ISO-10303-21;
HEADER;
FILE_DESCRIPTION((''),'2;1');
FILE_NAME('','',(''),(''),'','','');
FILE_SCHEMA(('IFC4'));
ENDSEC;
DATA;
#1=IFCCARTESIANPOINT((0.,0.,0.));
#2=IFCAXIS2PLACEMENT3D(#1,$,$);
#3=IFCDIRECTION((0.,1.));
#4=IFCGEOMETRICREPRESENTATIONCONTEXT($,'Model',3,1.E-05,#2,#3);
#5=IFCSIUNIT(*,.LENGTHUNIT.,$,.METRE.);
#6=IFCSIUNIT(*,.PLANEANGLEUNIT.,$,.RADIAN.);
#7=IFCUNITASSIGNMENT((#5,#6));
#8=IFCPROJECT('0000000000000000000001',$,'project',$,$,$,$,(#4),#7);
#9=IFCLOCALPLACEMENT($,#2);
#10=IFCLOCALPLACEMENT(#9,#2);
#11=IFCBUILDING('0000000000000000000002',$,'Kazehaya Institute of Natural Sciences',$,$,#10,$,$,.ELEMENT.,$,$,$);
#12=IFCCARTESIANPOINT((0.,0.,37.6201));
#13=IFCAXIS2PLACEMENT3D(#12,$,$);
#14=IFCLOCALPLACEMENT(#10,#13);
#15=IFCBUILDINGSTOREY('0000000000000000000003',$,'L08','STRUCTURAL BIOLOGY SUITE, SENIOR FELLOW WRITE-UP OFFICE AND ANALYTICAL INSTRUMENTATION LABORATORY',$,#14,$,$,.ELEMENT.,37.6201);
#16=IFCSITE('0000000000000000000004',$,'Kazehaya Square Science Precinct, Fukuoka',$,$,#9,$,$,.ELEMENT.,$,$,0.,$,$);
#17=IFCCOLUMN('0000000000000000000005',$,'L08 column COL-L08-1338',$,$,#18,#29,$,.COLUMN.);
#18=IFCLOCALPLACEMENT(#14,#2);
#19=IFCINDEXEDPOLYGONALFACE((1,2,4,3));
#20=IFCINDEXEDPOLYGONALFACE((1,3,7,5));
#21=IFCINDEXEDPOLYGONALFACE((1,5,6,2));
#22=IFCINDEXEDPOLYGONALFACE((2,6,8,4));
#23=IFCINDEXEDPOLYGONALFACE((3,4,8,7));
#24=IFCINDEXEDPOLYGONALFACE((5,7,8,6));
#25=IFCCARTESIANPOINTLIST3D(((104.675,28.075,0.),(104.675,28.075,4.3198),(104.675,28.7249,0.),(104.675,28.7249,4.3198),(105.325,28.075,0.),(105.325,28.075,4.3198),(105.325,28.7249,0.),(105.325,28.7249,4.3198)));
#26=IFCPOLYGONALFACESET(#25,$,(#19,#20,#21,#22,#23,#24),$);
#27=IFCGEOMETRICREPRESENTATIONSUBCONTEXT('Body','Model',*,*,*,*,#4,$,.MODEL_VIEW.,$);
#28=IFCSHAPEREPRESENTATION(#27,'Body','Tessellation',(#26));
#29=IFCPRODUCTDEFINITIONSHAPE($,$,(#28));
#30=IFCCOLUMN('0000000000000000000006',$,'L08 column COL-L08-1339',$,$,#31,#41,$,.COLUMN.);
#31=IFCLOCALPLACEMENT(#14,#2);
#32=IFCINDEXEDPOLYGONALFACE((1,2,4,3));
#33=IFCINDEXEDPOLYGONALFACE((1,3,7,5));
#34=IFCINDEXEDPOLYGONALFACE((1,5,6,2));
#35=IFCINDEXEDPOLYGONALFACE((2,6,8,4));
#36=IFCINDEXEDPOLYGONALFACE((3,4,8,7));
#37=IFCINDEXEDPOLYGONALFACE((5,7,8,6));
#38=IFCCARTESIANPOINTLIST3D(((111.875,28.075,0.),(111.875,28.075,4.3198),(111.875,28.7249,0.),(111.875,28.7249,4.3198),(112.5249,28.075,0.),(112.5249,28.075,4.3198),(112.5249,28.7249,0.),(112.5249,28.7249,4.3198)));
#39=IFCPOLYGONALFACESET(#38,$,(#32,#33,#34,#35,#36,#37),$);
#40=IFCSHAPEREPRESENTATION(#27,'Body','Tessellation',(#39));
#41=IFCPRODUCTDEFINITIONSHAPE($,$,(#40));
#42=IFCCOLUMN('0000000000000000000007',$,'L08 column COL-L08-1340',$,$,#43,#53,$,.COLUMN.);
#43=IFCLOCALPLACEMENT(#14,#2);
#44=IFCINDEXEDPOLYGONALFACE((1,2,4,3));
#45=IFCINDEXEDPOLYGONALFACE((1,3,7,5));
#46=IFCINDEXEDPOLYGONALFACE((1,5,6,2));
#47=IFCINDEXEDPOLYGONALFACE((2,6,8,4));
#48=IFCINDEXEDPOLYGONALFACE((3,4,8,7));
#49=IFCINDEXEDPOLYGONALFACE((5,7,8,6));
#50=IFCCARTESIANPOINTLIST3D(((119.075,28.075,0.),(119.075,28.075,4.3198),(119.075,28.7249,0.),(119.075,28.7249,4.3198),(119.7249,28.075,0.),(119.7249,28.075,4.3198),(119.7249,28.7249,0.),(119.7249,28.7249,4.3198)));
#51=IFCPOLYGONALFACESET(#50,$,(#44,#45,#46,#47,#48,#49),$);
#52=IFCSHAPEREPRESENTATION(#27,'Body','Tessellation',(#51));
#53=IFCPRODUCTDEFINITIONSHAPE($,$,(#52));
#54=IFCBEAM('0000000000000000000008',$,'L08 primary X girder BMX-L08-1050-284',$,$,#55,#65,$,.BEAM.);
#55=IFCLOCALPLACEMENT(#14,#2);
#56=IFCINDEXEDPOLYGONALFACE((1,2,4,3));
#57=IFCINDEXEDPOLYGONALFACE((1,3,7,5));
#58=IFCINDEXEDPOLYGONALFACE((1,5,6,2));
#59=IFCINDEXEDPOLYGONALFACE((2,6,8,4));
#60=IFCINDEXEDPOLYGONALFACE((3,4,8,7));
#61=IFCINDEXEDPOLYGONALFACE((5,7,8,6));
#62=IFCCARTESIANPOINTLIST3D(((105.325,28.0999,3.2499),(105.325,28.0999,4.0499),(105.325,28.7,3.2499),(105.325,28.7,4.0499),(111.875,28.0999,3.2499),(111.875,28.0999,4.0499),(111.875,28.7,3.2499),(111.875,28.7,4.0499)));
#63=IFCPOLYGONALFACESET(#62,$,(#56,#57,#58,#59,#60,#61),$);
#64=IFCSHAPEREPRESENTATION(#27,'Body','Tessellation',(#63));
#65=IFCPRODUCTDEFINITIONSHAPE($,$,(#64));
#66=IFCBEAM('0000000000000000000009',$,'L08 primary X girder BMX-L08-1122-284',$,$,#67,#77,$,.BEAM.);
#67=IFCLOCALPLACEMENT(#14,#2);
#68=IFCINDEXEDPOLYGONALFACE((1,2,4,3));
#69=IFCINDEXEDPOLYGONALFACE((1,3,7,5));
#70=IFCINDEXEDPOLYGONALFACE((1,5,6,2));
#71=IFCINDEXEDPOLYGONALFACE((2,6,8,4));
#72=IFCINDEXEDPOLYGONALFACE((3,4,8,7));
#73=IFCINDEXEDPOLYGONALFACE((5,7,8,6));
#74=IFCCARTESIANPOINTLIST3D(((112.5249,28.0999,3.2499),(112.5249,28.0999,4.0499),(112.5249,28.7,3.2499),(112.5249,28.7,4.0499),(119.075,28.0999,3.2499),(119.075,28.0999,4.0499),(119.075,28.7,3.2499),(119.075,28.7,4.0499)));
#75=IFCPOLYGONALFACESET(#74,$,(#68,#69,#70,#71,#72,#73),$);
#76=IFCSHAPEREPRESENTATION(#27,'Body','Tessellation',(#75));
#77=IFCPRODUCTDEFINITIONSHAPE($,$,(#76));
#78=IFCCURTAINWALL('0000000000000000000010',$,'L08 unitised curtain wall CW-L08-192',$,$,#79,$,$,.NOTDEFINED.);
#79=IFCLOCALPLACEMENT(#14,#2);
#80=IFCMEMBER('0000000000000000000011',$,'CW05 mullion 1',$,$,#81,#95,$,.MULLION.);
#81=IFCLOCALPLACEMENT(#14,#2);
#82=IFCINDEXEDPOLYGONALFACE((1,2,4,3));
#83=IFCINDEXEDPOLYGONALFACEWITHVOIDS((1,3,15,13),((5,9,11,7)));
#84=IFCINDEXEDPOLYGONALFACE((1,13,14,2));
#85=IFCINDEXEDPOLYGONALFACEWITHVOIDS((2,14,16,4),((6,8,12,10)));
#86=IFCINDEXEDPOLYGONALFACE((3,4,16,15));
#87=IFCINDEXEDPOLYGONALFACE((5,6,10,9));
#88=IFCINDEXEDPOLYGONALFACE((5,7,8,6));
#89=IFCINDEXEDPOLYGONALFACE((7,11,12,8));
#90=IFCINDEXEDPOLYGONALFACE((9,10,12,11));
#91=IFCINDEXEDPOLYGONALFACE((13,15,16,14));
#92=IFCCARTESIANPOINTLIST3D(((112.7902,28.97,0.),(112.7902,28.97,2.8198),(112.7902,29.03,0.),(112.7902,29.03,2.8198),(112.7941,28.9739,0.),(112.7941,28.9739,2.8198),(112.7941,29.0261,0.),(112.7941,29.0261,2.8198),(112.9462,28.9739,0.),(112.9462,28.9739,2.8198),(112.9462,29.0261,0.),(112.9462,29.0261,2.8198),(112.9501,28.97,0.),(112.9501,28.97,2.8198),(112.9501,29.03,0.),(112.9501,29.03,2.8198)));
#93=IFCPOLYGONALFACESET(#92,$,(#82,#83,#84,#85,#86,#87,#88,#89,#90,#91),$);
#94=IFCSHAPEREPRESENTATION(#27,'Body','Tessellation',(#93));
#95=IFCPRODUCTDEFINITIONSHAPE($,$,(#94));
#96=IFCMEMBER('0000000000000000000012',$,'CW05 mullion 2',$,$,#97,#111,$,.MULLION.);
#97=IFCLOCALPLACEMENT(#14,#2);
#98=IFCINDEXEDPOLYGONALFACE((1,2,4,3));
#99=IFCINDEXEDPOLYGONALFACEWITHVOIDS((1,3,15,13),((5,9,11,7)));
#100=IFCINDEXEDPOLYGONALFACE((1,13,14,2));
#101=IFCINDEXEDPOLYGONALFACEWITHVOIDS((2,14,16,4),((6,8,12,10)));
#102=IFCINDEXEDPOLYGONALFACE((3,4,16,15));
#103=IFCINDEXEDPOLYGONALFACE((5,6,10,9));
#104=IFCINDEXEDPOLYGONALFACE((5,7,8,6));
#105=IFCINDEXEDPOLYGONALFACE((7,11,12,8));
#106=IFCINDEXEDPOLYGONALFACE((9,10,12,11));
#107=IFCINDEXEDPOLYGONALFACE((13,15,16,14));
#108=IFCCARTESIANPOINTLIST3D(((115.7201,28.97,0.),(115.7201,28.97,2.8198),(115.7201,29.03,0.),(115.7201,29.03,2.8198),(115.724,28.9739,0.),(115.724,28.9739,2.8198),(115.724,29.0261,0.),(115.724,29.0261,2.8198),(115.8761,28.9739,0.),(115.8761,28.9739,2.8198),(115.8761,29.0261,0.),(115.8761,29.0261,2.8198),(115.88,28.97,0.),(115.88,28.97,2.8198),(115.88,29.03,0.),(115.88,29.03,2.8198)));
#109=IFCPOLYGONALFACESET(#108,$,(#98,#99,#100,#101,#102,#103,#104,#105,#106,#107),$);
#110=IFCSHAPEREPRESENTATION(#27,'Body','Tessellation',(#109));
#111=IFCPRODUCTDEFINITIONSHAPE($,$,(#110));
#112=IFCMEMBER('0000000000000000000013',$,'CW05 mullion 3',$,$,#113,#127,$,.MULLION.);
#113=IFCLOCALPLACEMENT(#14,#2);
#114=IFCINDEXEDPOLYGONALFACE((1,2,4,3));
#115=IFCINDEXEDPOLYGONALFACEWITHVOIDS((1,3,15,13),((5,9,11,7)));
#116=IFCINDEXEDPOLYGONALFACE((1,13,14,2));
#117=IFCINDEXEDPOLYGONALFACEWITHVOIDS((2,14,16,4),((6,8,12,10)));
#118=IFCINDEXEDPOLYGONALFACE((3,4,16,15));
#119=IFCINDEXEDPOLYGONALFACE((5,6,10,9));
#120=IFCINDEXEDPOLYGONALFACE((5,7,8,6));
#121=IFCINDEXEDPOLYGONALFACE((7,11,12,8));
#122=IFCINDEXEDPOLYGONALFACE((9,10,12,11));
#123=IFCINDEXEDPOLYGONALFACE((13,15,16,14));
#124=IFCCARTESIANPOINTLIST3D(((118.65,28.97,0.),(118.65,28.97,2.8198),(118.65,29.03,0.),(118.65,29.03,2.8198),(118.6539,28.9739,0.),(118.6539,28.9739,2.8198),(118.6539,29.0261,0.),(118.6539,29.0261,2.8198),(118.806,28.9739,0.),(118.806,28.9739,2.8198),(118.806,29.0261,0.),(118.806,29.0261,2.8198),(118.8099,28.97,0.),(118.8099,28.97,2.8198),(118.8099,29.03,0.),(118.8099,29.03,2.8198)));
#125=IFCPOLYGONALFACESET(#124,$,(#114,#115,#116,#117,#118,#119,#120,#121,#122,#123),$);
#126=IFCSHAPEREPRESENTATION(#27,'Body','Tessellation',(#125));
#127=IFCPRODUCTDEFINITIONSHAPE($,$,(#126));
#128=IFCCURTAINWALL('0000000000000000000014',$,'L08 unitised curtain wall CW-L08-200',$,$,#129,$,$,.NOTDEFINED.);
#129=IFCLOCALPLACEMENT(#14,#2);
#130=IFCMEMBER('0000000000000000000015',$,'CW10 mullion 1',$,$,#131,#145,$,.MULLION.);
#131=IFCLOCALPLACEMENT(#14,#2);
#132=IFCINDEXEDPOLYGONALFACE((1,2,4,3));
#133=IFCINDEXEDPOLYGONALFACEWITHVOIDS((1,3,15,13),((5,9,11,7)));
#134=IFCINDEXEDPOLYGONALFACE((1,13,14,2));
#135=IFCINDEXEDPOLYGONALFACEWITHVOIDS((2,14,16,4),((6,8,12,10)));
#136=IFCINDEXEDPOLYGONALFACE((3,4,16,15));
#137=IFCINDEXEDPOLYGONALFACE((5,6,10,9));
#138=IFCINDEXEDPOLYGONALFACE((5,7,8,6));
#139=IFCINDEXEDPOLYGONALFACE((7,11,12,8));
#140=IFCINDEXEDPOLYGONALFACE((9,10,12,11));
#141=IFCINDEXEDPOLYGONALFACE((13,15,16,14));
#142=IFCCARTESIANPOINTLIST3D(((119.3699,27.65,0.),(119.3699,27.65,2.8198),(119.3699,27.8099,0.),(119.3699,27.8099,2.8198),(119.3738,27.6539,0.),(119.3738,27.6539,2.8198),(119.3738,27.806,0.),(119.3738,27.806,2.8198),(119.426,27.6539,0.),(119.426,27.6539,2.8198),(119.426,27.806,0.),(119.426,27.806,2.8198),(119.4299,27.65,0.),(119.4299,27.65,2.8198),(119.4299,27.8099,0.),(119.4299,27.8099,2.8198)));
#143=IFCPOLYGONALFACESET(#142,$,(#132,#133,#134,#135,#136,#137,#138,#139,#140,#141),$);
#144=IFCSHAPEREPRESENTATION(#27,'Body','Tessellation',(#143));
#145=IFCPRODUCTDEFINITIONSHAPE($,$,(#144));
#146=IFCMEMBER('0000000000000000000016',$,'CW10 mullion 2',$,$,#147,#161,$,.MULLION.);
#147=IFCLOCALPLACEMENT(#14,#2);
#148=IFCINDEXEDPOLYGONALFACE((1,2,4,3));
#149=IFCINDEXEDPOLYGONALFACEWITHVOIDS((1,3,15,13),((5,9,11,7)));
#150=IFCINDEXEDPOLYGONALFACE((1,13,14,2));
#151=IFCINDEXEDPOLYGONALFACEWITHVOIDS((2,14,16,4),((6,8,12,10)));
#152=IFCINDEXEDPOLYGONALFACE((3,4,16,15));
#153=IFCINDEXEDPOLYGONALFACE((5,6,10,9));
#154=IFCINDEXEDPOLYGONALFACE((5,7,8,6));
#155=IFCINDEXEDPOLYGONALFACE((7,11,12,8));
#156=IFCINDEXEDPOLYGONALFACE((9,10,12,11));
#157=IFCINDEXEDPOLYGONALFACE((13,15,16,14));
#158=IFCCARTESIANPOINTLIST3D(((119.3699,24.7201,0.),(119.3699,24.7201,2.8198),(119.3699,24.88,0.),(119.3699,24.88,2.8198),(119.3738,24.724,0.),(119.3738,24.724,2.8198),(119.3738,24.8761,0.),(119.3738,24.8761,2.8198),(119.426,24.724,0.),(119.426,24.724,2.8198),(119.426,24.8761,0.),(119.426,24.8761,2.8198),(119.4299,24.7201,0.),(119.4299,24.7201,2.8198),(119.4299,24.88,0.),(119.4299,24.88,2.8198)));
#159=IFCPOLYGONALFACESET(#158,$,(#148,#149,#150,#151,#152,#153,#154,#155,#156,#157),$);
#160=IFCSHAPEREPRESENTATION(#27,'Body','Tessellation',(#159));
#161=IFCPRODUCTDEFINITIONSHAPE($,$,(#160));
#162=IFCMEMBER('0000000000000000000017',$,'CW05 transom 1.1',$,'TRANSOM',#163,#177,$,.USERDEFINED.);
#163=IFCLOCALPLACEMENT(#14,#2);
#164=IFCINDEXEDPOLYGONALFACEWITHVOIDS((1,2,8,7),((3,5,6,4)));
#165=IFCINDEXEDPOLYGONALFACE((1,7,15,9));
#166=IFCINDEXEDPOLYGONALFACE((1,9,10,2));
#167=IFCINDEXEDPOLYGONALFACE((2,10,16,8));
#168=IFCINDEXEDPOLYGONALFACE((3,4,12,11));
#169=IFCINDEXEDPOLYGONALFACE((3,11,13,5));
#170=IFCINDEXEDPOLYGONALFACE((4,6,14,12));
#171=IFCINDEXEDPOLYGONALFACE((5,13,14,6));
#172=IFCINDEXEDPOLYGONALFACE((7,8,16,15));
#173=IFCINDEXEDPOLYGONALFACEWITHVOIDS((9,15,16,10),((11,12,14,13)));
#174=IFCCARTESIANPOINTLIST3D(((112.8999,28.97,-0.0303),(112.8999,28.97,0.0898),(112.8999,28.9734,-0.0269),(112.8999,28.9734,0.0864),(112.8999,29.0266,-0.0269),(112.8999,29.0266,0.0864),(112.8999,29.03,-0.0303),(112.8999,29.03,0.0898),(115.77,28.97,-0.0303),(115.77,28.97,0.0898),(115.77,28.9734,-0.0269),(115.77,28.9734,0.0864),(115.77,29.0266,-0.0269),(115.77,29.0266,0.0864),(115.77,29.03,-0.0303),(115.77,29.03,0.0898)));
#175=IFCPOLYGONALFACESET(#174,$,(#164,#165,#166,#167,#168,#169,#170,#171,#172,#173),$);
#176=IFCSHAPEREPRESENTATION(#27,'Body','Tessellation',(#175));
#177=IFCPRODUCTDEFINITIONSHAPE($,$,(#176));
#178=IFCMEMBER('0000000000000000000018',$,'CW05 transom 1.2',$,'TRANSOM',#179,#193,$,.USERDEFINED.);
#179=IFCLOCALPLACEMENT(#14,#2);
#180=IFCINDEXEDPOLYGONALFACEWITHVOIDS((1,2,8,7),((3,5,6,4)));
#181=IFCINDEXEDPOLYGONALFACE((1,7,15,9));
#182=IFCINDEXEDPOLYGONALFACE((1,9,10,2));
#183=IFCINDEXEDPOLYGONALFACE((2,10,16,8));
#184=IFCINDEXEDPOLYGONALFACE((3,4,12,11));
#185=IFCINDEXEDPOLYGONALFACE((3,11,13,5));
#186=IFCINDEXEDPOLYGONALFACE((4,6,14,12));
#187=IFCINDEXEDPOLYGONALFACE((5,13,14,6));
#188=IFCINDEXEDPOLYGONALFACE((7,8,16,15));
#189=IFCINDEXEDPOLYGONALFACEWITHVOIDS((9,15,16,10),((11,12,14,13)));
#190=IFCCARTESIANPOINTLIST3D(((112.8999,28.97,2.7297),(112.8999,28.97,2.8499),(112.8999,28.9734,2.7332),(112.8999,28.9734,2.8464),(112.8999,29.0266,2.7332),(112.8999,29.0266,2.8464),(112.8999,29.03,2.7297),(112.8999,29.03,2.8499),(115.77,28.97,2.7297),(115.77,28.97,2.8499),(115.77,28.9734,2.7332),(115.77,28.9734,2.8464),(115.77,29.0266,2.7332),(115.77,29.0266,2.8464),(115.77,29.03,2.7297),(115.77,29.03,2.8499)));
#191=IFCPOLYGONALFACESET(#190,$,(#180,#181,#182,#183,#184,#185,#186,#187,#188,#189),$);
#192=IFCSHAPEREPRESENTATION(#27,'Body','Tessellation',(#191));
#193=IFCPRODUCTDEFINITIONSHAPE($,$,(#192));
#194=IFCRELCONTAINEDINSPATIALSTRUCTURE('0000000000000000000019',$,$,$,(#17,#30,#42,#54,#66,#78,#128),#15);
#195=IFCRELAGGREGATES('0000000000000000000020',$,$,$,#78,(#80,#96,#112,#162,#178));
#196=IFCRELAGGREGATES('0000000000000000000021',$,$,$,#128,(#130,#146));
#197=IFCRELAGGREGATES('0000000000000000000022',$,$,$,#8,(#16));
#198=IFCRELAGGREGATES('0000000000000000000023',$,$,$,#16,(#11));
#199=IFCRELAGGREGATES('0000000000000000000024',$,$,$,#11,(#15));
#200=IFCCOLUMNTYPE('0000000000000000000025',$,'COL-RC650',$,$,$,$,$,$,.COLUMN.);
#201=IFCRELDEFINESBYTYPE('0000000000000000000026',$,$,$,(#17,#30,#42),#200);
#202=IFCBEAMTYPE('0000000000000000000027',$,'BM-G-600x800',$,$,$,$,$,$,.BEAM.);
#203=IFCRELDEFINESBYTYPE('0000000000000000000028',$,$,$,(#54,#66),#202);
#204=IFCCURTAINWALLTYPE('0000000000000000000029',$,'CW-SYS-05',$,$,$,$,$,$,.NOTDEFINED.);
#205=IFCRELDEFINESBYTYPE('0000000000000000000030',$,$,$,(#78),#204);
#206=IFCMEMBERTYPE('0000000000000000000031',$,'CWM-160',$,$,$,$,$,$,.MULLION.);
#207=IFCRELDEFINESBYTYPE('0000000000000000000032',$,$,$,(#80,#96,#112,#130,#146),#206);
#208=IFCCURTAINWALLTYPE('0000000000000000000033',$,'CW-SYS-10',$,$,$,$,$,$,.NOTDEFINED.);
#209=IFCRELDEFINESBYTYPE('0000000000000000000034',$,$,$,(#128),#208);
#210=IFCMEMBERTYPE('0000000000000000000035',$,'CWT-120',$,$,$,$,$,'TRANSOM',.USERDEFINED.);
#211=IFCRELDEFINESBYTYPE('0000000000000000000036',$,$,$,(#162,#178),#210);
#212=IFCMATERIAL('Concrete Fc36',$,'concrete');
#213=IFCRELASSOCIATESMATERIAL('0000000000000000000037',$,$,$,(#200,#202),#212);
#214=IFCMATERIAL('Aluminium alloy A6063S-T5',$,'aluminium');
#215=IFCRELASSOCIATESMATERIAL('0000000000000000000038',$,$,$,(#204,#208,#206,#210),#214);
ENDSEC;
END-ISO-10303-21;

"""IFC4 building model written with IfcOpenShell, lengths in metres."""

from ifc_helpers import new_model, si_unit, direction, frame, origin, origin_2d, place, context, subcontext, project, spatial, rectangle, hollow_rectangle, extrude, material, material_profile, profile_set, type_object, element, aggregate, save


model = new_model("IFC4")

# Units and contexts
model_context = context("Model", 3, precision=1e-05, world=origin(), true_north=direction((0.0, 1.0)))
body_context = subcontext(model_context, "Body", "Model", "MODEL_VIEW")
ifc_project = project(units=[si_unit("LENGTHUNIT", "METRE"), si_unit("PLANEANGLEUNIT", "RADIAN")], contexts=[model_context])

# Site, building, storey
site_placement = place(None, origin())
site = spatial("IfcSite", under=ifc_project, at=site_placement, Name="Kazehaya Square Science Precinct, Fukuoka", CompositionType="ELEMENT", RefElevation=0.0)
building_placement = place(site_placement, origin())
building = spatial("IfcBuilding", under=site, at=building_placement, Name="Kazehaya Institute of Natural Sciences", CompositionType="ELEMENT")
storey_placement = place(building_placement, frame((0.0, 0.0, 37.6201)))
storey = spatial("IfcBuildingStorey", under=building, at=storey_placement, Name="L08", Description="STRUCTURAL BIOLOGY SUITE, SENIOR FELLOW WRITE-UP OFFICE AND ANALYTICAL INSTRUMENTATION LABORATORY", CompositionType="ELEMENT", Elevation=37.6201)

# Columns
ifc_material_1 = material(Name="Concrete Fc36", Category="concrete")
ifc_material_profile_1 = material_profile(ifc_material_1, rectangle(XDim=0.6499, YDim=0.6499, at=origin_2d()), Name="RC-650x650")
ifc_profile_set_1 = profile_set([ifc_material_profile_1], Name="Concrete Fc36")
column_type = type_object("IfcColumnType", Name="COL-RC650", PredefinedType="COLUMN", material=ifc_profile_set_1)
for number, where, z_axis, x_axis, name in (
    (1, (105.0, 28.3999, 0.0), (0.0, 0.0, 1.0), (1.0, 0.0, 0.0), "L08 column COL-L08-1338"),
    (2, (112.2, 28.3999, 0.0), (0.0, 0.0, 1.0), (1.0, 0.0, 0.0), "L08 column COL-L08-1339"),
    (3, (119.3999, 28.3999, 0.0), (0.0, 0.0, 1.0), (1.0, 0.0, 0.0), "L08 column COL-L08-1340"),
):
    element("IfcColumn", number, at=place(storey_placement, frame(where, z_axis=z_axis, x_axis=x_axis)), inside=storey, type_object=column_type, Name=name, PredefinedType="COLUMN", context=body_context, shape_type="SweptSolid", body=[
        extrude(rectangle(XDim=0.6499, YDim=0.6499, at=origin_2d()), origin(), (0.0, 0.0, 1.0), 4.3198),
    ])

# Beams
ifc_material_profile_2 = material_profile(ifc_material_1, rectangle(XDim=0.6001, YDim=0.8, at=origin_2d()), Name="RC-600x800")
ifc_profile_set_2 = profile_set([ifc_material_profile_2], Name="Concrete Fc36")
beam_type = type_object("IfcBeamType", Name="BM-G-600x800", PredefinedType="BEAM", material=ifc_profile_set_2)
for number, where, z_axis, x_axis, name in (
    (4, (105.325, 28.3999, 3.6499), (1.0, 0.0, 0.0), (0.0, 1.0, 0.0), "L08 primary X girder BMX-L08-1050-284"),
    (5, (112.5249, 28.3999, 3.6499), (1.0, 0.0, 0.0), (0.0, 1.0, 0.0), "L08 primary X girder BMX-L08-1122-284"),
):
    element("IfcBeam", number, at=place(storey_placement, frame(where, z_axis=z_axis, x_axis=x_axis)), inside=storey, type_object=beam_type, Name=name, PredefinedType="BEAM", context=body_context, shape_type="SweptSolid", body=[
        extrude(rectangle(XDim=0.6001, YDim=0.8, at=origin_2d()), origin(), (0.0, 0.0, 1.0), 6.55),
    ])

# Curtain walls, members
ifc_material_2 = material(Name="Aluminium alloy A6063S-T5", Category="aluminium")
curtain_wall_type_1 = type_object("IfcCurtainWallType", Name="CW-SYS-05", PredefinedType="NOTDEFINED", material=ifc_material_2)
curtain_wall_1_placement = place(storey_placement, origin())
curtain_wall_1 = element("IfcCurtainWall", 6, at=curtain_wall_1_placement, inside=storey, type_object=curtain_wall_type_1, Name="L08 unitised curtain wall CW-L08-192", PredefinedType="NOTDEFINED")
ifc_material_profile_3 = material_profile(ifc_material_2, hollow_rectangle(XDim=0.0601, YDim=0.1599, WallThickness=0.0039, at=origin_2d()), Name="ALU-60x160x4")
ifc_profile_set_3 = profile_set([ifc_material_profile_3], Name="Aluminium alloy A6063S-T5")
member_type_1 = type_object("IfcMemberType", Name="CWM-160", PredefinedType="MULLION", material=ifc_profile_set_3)
member_1_placement = place(storey_placement, frame((112.8701, 29.0, 0.0), z_axis=(0.0, 0.0, 1.0), x_axis=(0.0, 1.0, 0.0)))
member_1 = element("IfcMember", 7, at=member_1_placement, type_object=member_type_1, Name="CW05 mullion 1", PredefinedType="MULLION", context=body_context, shape_type="SweptSolid", body=[
    extrude(hollow_rectangle(XDim=0.0601, YDim=0.1599, WallThickness=0.0039, at=origin_2d()), origin(), (0.0, 0.0, 1.0), 2.8198),
])
member_2_placement = place(storey_placement, frame((115.8, 29.0, 0.0), z_axis=(0.0, 0.0, 1.0), x_axis=(0.0, 1.0, 0.0)))
member_2 = element("IfcMember", 8, at=member_2_placement, type_object=member_type_1, Name="CW05 mullion 2", PredefinedType="MULLION", context=body_context, shape_type="SweptSolid", body=[
    extrude(hollow_rectangle(XDim=0.0601, YDim=0.1599, WallThickness=0.0039, at=origin_2d()), origin(), (0.0, 0.0, 1.0), 2.8198),
])
member_3_placement = place(storey_placement, frame((118.73, 29.0, 0.0), z_axis=(0.0, 0.0, 1.0), x_axis=(0.0, 1.0, 0.0)))
member_3 = element("IfcMember", 9, at=member_3_placement, type_object=member_type_1, Name="CW05 mullion 3", PredefinedType="MULLION", context=body_context, shape_type="SweptSolid", body=[
    extrude(hollow_rectangle(XDim=0.0601, YDim=0.1599, WallThickness=0.0039, at=origin_2d()), origin(), (0.0, 0.0, 1.0), 2.8198),
])
curtain_wall_type_2 = type_object("IfcCurtainWallType", Name="CW-SYS-10", PredefinedType="NOTDEFINED", material=ifc_material_2)
curtain_wall_2_placement = place(storey_placement, origin())
curtain_wall_2 = element("IfcCurtainWall", 10, at=curtain_wall_2_placement, inside=storey, type_object=curtain_wall_type_2, Name="L08 unitised curtain wall CW-L08-200", PredefinedType="NOTDEFINED")
member_4_placement = place(storey_placement, frame((119.3999, 27.73, 0.0), z_axis=(0.0, 0.0, 1.0), x_axis=(1.0, 0.0, 0.0)))
member_4 = element("IfcMember", 11, at=member_4_placement, type_object=member_type_1, Name="CW10 mullion 1", PredefinedType="MULLION", context=body_context, shape_type="SweptSolid", body=[
    extrude(hollow_rectangle(XDim=0.0601, YDim=0.1599, WallThickness=0.0039, at=origin_2d()), origin(), (0.0, 0.0, 1.0), 2.8198),
])
member_5_placement = place(storey_placement, frame((119.3999, 24.8, 0.0), z_axis=(0.0, 0.0, 1.0), x_axis=(1.0, 0.0, 0.0)))
member_5 = element("IfcMember", 12, at=member_5_placement, type_object=member_type_1, Name="CW10 mullion 2", PredefinedType="MULLION", context=body_context, shape_type="SweptSolid", body=[
    extrude(hollow_rectangle(XDim=0.0601, YDim=0.1599, WallThickness=0.0039, at=origin_2d()), origin(), (0.0, 0.0, 1.0), 2.8198),
])

# Members
ifc_material_profile_4 = material_profile(ifc_material_2, hollow_rectangle(XDim=0.0601, YDim=0.1201, WallThickness=0.0034, at=origin_2d()), Name="ALU-60x120x3.5")
ifc_profile_set_4 = profile_set([ifc_material_profile_4], Name="Aluminium alloy A6063S-T5")
member_type_2 = type_object("IfcMemberType", Name="CWT-120", ElementType="TRANSOM", PredefinedType="USERDEFINED", material=ifc_profile_set_4)
member_6_placement = place(storey_placement, frame((112.8999, 29.0, 0.0298), z_axis=(1.0, 0.0, 0.0), x_axis=(0.0, 1.0, 0.0)))
member_6 = element("IfcMember", 13, at=member_6_placement, type_object=member_type_2, Name="CW05 transom 1.1", ObjectType="TRANSOM", PredefinedType="USERDEFINED", context=body_context, shape_type="SweptSolid", body=[
    extrude(hollow_rectangle(XDim=0.0601, YDim=0.1201, WallThickness=0.0034, at=origin_2d()), origin(), (0.0, 0.0, 1.0), 2.8701),
])
member_7_placement = place(storey_placement, frame((112.8999, 29.0, 2.7898), z_axis=(1.0, 0.0, 0.0), x_axis=(0.0, 1.0, 0.0)))
member_7 = element("IfcMember", 14, at=member_7_placement, type_object=member_type_2, Name="CW05 transom 1.2", ObjectType="TRANSOM", PredefinedType="USERDEFINED", context=body_context, shape_type="SweptSolid", body=[
    extrude(hollow_rectangle(XDim=0.0601, YDim=0.1201, WallThickness=0.0034, at=origin_2d()), origin(), (0.0, 0.0, 1.0), 2.8701),
])

aggregate(curtain_wall_1, [member_1, member_2, member_3, member_6, member_7])
aggregate(curtain_wall_2, [member_4, member_5])

save(model, "model.ifc")
